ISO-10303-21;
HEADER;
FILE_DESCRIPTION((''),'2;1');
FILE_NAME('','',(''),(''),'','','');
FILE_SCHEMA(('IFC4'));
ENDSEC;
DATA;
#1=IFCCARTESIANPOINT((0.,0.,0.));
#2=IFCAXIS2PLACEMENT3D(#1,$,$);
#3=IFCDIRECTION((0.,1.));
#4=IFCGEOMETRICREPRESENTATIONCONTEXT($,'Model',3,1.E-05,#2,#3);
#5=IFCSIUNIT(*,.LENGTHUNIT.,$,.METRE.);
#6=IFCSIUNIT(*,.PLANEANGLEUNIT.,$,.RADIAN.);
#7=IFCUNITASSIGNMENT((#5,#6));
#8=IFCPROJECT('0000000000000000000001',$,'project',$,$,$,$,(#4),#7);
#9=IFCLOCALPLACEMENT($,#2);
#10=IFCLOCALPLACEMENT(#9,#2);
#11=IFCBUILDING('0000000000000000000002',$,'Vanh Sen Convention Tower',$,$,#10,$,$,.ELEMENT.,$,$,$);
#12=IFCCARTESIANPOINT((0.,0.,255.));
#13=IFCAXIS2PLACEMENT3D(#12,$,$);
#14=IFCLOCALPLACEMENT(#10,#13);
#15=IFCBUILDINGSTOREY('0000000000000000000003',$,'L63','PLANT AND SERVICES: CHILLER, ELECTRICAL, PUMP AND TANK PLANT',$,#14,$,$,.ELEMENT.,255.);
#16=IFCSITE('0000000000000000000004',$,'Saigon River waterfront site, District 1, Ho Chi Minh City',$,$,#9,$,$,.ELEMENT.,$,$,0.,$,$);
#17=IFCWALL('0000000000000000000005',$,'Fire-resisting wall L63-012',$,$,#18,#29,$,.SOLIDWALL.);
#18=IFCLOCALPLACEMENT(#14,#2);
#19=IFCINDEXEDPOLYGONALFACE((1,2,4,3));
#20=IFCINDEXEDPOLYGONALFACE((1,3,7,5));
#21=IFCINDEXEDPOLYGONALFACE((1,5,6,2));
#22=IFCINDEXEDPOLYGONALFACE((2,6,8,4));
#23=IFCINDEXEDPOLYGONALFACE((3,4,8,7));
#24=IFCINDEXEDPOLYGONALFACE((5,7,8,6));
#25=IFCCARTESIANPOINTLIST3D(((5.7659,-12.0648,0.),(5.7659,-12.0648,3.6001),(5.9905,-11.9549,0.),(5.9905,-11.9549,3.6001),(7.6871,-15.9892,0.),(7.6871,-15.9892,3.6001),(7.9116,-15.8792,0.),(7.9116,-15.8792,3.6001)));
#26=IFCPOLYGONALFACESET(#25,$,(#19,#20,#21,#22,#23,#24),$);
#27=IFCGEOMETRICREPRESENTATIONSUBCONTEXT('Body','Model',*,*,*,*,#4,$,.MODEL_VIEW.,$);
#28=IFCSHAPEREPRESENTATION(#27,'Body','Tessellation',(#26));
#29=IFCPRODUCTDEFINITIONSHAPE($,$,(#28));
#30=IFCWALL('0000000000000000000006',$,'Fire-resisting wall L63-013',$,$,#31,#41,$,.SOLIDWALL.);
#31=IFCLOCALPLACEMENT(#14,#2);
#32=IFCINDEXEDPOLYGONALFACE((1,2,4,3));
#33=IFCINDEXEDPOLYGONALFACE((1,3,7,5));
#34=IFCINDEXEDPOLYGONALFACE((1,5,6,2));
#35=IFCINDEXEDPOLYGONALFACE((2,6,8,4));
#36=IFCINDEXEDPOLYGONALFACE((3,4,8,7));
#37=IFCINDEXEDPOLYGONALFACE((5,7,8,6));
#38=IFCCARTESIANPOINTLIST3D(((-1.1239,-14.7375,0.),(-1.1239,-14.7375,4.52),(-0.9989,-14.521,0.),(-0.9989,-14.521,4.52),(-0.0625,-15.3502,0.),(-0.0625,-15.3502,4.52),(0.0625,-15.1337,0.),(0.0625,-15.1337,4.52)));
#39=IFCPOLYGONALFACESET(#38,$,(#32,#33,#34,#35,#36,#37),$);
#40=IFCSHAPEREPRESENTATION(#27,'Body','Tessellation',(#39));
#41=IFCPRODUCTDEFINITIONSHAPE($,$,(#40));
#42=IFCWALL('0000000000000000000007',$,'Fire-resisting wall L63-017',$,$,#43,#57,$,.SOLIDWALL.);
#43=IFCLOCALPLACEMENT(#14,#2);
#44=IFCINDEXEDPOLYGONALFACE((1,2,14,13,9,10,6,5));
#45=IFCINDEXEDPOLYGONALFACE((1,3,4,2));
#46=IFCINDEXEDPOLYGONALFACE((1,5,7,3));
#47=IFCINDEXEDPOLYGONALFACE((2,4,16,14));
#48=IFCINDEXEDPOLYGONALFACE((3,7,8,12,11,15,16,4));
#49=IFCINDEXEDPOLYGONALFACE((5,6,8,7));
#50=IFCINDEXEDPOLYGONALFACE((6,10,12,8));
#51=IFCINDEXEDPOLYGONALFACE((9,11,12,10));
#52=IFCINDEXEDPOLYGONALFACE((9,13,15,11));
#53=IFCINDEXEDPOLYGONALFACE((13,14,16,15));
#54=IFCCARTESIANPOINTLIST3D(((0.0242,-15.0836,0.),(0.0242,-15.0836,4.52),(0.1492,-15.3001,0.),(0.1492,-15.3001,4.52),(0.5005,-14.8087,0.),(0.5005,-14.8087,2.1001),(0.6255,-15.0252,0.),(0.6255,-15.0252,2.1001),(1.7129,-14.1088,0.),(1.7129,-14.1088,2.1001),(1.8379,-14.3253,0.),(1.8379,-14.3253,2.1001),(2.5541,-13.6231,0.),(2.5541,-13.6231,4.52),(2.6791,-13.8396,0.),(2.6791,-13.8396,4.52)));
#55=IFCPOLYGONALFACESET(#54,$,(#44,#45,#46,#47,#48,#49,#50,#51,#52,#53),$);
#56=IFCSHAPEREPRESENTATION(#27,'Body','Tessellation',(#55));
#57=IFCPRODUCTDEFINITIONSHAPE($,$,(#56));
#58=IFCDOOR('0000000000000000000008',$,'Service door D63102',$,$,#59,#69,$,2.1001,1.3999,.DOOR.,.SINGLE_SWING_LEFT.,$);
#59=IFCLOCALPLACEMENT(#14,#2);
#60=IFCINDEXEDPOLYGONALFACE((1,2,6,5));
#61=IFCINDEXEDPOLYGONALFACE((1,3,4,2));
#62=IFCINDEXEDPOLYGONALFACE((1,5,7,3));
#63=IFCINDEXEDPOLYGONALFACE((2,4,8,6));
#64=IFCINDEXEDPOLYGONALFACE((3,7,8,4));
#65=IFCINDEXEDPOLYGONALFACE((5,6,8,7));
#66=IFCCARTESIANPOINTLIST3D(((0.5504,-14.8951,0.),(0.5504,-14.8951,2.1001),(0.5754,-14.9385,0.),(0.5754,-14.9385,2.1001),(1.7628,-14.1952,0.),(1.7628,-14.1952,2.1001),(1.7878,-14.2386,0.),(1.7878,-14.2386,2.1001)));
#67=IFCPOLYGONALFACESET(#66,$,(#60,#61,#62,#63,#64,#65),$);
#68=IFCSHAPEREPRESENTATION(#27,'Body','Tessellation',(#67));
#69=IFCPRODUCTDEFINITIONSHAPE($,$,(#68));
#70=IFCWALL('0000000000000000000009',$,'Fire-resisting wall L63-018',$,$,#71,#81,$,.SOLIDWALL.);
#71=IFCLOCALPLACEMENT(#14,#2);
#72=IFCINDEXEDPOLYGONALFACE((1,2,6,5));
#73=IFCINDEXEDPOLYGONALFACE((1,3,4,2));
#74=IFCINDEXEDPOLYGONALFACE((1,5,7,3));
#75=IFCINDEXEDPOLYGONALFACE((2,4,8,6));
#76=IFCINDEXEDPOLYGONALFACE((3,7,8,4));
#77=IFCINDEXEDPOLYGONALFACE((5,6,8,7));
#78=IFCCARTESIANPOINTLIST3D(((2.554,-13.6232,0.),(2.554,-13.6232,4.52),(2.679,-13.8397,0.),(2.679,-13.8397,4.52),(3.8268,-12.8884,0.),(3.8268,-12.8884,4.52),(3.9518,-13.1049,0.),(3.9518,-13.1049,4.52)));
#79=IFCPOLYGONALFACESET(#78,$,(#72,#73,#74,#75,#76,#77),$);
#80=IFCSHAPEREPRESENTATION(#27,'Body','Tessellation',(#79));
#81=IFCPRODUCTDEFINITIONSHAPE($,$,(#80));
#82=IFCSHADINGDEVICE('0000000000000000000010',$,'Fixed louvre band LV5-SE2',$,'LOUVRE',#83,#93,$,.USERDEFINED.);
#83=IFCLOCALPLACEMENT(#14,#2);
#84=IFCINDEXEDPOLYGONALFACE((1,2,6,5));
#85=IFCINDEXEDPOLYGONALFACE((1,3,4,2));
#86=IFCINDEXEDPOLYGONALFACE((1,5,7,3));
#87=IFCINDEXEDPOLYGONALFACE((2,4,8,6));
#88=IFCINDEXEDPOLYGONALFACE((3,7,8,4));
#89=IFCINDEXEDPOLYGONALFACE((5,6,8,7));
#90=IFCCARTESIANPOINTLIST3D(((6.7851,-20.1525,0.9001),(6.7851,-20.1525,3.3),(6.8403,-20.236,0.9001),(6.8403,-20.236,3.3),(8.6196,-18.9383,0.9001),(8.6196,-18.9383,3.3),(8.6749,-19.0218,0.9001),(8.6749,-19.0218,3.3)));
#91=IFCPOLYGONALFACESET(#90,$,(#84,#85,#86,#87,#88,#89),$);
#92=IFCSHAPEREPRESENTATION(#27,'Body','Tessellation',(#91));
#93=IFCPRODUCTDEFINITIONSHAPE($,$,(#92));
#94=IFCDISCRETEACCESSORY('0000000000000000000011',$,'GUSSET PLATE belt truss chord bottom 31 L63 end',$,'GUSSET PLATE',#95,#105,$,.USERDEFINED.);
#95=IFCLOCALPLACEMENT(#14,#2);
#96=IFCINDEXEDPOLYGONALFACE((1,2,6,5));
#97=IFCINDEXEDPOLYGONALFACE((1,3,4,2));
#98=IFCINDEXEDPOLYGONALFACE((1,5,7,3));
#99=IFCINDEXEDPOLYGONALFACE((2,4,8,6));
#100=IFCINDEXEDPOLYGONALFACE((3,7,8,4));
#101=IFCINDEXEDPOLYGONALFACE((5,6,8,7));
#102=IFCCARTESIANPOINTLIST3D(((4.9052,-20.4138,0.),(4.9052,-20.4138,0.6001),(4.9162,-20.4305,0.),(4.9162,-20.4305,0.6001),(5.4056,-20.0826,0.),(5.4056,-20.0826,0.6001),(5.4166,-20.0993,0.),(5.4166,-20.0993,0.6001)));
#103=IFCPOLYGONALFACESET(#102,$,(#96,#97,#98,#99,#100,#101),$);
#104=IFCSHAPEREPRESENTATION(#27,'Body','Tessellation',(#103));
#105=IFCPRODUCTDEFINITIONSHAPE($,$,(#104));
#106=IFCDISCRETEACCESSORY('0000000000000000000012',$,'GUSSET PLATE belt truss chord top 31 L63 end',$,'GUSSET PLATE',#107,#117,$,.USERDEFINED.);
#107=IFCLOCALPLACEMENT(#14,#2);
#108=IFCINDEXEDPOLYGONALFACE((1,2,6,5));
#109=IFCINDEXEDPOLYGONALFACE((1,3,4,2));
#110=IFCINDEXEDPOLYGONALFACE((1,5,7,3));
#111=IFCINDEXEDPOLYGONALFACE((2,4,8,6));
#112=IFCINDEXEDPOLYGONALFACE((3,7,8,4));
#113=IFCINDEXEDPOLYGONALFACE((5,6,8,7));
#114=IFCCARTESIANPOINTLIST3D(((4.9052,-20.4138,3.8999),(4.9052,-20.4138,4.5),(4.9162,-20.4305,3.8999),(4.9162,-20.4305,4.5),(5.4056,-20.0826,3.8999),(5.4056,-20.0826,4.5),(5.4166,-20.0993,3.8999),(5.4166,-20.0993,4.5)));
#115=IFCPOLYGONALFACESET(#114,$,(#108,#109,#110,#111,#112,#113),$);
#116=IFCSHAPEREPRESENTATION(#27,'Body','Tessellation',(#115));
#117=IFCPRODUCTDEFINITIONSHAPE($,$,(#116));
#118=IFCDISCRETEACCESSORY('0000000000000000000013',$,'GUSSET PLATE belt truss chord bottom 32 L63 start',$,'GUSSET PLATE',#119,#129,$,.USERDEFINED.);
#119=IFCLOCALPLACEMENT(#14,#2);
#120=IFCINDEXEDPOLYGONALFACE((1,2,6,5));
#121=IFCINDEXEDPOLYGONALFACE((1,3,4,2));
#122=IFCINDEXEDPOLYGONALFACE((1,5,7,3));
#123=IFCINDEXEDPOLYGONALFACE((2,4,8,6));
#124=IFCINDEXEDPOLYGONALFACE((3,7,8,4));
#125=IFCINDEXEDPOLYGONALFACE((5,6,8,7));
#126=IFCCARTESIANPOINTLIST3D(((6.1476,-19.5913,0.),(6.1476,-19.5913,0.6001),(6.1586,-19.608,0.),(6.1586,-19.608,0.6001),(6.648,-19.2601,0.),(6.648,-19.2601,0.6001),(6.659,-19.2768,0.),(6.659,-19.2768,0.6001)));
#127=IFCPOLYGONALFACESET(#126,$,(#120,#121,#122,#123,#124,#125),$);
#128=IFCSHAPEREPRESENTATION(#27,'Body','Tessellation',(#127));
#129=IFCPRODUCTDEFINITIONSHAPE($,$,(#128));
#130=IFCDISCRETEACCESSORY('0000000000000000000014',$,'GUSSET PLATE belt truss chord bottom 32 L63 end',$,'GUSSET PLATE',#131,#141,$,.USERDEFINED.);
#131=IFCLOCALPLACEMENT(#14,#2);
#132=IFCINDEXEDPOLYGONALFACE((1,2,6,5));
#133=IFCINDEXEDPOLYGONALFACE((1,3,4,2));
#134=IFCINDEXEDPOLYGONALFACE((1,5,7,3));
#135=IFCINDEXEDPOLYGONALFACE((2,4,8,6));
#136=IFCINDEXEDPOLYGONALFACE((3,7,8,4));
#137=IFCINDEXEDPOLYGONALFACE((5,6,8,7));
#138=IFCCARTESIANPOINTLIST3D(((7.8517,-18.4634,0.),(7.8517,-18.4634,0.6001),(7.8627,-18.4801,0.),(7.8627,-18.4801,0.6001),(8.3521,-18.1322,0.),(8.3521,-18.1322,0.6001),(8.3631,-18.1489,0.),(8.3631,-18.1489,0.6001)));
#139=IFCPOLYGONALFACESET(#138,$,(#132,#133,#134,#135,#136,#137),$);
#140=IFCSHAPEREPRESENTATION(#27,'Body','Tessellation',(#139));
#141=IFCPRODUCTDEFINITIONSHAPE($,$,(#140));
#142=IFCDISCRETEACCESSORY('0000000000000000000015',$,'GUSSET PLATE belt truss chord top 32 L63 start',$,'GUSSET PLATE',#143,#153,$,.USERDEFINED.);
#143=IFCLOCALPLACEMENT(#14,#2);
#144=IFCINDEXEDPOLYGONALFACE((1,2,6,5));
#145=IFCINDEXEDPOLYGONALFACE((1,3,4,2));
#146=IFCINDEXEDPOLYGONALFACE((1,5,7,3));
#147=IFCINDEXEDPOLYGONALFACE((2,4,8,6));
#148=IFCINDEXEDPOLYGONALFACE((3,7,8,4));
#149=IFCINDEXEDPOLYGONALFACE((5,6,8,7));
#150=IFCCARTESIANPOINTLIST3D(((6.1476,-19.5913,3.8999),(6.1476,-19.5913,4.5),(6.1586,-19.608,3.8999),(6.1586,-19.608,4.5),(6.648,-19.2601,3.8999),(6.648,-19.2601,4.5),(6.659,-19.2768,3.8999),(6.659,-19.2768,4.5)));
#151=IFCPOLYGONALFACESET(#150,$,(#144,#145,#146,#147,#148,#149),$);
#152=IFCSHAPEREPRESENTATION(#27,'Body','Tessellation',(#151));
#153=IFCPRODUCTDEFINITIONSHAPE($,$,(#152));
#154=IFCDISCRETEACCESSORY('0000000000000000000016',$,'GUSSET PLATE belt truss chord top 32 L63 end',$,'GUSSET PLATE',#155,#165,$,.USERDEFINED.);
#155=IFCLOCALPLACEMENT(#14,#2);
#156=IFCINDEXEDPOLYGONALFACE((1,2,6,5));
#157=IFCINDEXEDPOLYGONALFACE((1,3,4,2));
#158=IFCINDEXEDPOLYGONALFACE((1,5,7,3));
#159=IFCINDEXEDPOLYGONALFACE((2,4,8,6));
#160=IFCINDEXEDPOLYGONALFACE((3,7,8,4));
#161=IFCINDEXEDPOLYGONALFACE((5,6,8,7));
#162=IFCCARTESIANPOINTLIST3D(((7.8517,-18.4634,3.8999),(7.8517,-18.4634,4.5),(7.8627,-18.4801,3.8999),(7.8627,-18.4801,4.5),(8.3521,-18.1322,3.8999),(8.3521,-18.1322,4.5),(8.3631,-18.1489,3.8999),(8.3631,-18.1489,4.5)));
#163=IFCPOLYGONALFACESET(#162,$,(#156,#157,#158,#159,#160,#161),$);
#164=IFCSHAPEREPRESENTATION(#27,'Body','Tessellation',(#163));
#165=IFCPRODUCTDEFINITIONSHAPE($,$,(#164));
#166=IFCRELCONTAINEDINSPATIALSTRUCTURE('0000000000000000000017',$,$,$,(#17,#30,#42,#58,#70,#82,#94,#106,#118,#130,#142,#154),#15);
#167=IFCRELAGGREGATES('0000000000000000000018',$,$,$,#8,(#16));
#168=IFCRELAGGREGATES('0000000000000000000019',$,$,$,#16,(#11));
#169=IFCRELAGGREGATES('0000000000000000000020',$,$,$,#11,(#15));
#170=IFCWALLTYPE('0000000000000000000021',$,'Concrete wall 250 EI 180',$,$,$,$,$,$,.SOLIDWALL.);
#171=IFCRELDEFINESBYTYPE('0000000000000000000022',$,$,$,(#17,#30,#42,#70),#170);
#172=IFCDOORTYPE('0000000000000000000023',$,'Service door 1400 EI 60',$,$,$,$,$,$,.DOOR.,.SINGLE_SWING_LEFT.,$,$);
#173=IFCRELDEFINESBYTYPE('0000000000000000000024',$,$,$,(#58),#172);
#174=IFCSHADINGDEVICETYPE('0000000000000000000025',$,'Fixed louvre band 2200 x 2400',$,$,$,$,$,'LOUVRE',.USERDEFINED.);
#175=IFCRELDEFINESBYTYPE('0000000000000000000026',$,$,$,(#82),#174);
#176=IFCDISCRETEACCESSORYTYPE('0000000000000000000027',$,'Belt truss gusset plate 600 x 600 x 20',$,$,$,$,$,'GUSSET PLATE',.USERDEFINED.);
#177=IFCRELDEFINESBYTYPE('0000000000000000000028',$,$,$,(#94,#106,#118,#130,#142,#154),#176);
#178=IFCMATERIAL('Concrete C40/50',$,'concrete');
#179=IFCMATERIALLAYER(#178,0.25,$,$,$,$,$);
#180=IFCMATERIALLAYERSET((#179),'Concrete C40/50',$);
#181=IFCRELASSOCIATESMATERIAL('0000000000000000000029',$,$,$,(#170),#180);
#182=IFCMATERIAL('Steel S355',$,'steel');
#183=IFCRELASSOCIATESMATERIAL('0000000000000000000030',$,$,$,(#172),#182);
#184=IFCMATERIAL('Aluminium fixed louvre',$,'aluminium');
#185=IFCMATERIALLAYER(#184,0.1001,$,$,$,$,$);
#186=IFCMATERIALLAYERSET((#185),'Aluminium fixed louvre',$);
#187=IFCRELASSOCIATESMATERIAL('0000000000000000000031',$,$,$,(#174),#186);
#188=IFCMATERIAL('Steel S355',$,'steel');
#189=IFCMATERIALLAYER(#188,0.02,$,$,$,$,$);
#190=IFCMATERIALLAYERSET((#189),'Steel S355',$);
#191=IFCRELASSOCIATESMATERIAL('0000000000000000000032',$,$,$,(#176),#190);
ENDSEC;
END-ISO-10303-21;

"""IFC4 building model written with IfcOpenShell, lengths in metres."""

from ifc_helpers import new_model, si_unit, direction, frame, frame_2d, origin, origin_2d, place, context, subcontext, project, spatial, rectangle, extrude, material, layer, layer_set, type_object, element, fill, save


model = new_model("IFC4")

# Units and contexts
model_context = context("Model", 3, precision=1e-05, world=origin(), true_north=direction((0.0, 1.0)))
body_context = subcontext(model_context, "Body", "Model", "MODEL_VIEW")
ifc_project = project(units=[si_unit("LENGTHUNIT", "METRE"), si_unit("PLANEANGLEUNIT", "RADIAN")], contexts=[model_context])

# Site, building, storey
site_placement = place(None, origin())
site = spatial("IfcSite", under=ifc_project, at=site_placement, Name="Saigon River waterfront site, District 1, Ho Chi Minh City", CompositionType="ELEMENT", RefElevation=0.0)
building_placement = place(site_placement, origin())
building = spatial("IfcBuilding", under=site, at=building_placement, Name="Vanh Sen Convention Tower", CompositionType="ELEMENT")
storey_placement = place(building_placement, frame((0.0, 0.0, 255.0)))
storey = spatial("IfcBuildingStorey", under=building, at=storey_placement, Name="L63", Description="PLANT AND SERVICES: CHILLER, ELECTRICAL, PUMP AND TANK PLANT", CompositionType="ELEMENT", Elevation=255.0)

# Shared definitions
ifc_material_1 = material(Name="Steel S355", Category="steel")

# Walls
ifc_material_2 = material(Name="Concrete C40/50", Category="concrete")
ifc_layer_1 = layer(ifc_material_2, 0.25)
ifc_layer_set_1 = layer_set([ifc_layer_1], Name="Concrete C40/50")
wall_type = type_object("IfcWallType", Name="Concrete wall 250 EI 180", PredefinedType="SOLIDWALL", material=ifc_layer_set_1)
wall_1_placement = place(storey_placement, frame((7.7993, -15.9341, 0.0), z_axis=(0.0, 0.0, 1.0), x_axis=(-0.439688, 0.898151, 0.0)))
element("IfcWall", 1, at=wall_1_placement, inside=storey, type_object=wall_type, Name="Fire-resisting wall L63-012", PredefinedType="SOLIDWALL", context=body_context, shape_type="SweptSolid", body=[
    extrude(rectangle(XDim=4.3694, YDim=0.25, at=frame_2d((2.1846, 0.0))), origin(), (0.0, 0.0, 1.0), 3.6001),
])
wall_2_placement = place(storey_placement, frame((0.0, -15.2419, 0.0), z_axis=(0.0, 0.0, 1.0), x_axis=(-0.866053, 0.499952, 0.0)))
element("IfcWall", 2, at=wall_2_placement, inside=storey, type_object=wall_type, Name="Fire-resisting wall L63-013", PredefinedType="SOLIDWALL", context=body_context, shape_type="SweptSolid", body=[
    extrude(rectangle(XDim=1.2256, YDim=0.25, at=frame_2d((0.6128, 0.0))), origin(), (0.0, 0.0, 1.0), 4.52),
])

# Wall, opening, door
wall_3_placement = place(storey_placement, frame((2.6165, -13.7314, 0.0), z_axis=(0.0, 0.0, 1.0), x_axis=(-0.866044, -0.499968, 0.0)))
wall_3 = element("IfcWall", 3, at=wall_3_placement, inside=storey, type_object=wall_type, Name="Fire-resisting wall L63-017", PredefinedType="SOLIDWALL", context=body_context, shape_type="SweptSolid", body=[
    extrude(rectangle(XDim=2.9211, YDim=0.25, at=frame_2d((1.4604, 0.0))), origin(), (0.0, 0.0, 1.0), 4.52),
])
opening_placement = place(wall_3_placement, frame((0.9712, 0.0, 0.0)))
opening = element("IfcOpeningElement", 4, at=opening_placement, cuts=wall_3, PredefinedType="OPENING", context=body_context, shape_type="SweptSolid", body=[
    extrude(rectangle(XDim=1.3999, YDim=2.1001, at=frame_2d((0.7, 1.05))), frame((0.0, 0.135, 0.0), z_axis=(0.0, -1.0, 0.0), x_axis=(1.0, 0.0, 0.0)), (0.0, 0.0, 1.0), 0.27),
])
ifc_material_3 = material(Name="Steel S355", Category="steel")
door_type = type_object("IfcDoorType", Name="Service door 1400 EI 60", OperationType="SINGLE_SWING_LEFT", PredefinedType="DOOR", material=ifc_material_3)
door_placement = place(opening_placement, origin())
door = element("IfcDoor", 5, at=door_placement, inside=storey, type_object=door_type, Name="Service door D63102", OperationType="SINGLE_SWING_LEFT", OverallHeight=2.1001, OverallWidth=1.3999, PredefinedType="DOOR", context=body_context, shape_type="SweptSolid", body=[
    extrude(rectangle(XDim=1.3999, YDim=2.1001, at=frame_2d((0.7, 1.05))), frame((0.0, 0.0249, 0.0), z_axis=(0.0, -1.0, 0.0), x_axis=(1.0, 0.0, 0.0)), (0.0, 0.0, 1.0), 0.05),
])
fill(opening, door)

# Wall
wall_4_placement = place(storey_placement, frame((2.6165, -13.7314, 0.0), z_axis=(0.0, 0.0, 1.0), x_axis=(0.866047, 0.499962, 0.0)))
element("IfcWall", 6, at=wall_4_placement, inside=storey, type_object=wall_type, Name="Fire-resisting wall L63-018", PredefinedType="SOLIDWALL", context=body_context, shape_type="SweptSolid", body=[
    extrude(rectangle(XDim=1.4697, YDim=0.25, at=frame_2d((0.7349, 0.0))), origin(), (0.0, 0.0, 1.0), 4.52),
])

# Shading device
ifc_material_4 = material(Name="Aluminium fixed louvre", Category="aluminium")
ifc_layer_2 = layer(ifc_material_4, 0.1001)
ifc_layer_set_2 = layer_set([ifc_layer_2], Name="Aluminium fixed louvre")
shading_device_type = type_object("IfcShadingDeviceType", Name="Fixed louvre band 2200 x 2400", ElementType="LOUVRE", PredefinedType="USERDEFINED", material=ifc_layer_set_2)
shading_device_placement = place(storey_placement, frame((7.73, -19.5872, 0.9001), z_axis=(0.0, 0.0, 1.0), x_axis=(0.833887, 0.551936, 0.0)))
element("IfcShadingDevice", 7, at=shading_device_placement, inside=storey, type_object=shading_device_type, Name="Fixed louvre band LV5-SE2", ObjectType="LOUVRE", PredefinedType="USERDEFINED", context=body_context, shape_type="SweptSolid", body=[
    extrude(rectangle(XDim=2.2, YDim=0.1001, at=origin_2d()), origin(), (0.0, 0.0, 1.0), 2.3999),
])

# Discrete accessories
ifc_layer_3 = layer(ifc_material_1, 0.02)
ifc_layer_set_3 = layer_set([ifc_layer_3], Name="Steel S355")
discrete_accessory_type = type_object("IfcDiscreteAccessoryType", Name="Belt truss gusset plate 600 x 600 x 20", ElementType="GUSSET PLATE", PredefinedType="USERDEFINED", material=ifc_layer_set_3)
for number, where, z_axis, x_axis, name in (
    (8, (5.1609, -20.2566, 0.0), (0.0, 0.0, 1.0), (-0.833896, -0.551921, 0.0), "GUSSET PLATE belt truss chord bottom 31 L63 end"),
    (9, (5.1609, -20.2566, 3.8999), (0.0, 0.0, 1.0), (-0.833896, -0.551921, 0.0), "GUSSET PLATE belt truss chord top 31 L63 end"),
    (10, (6.4033, -19.4341, 0.0), (0.0, 0.0, 1.0), (0.833874, 0.551954, 0.0), "GUSSET PLATE belt truss chord bottom 32 L63 start"),
    (11, (8.1074, -18.3062, 0.0), (0.0, 0.0, 1.0), (-0.833874, -0.551954, 0.0), "GUSSET PLATE belt truss chord bottom 32 L63 end"),
    (12, (6.4033, -19.4341, 3.8999), (0.0, 0.0, 1.0), (0.833874, 0.551954, 0.0), "GUSSET PLATE belt truss chord top 32 L63 start"),
    (13, (8.1074, -18.3062, 3.8999), (0.0, 0.0, 1.0), (-0.833874, -0.551954, 0.0), "GUSSET PLATE belt truss chord top 32 L63 end"),
):
    element("IfcDiscreteAccessory", number, at=place(storey_placement, frame(where, z_axis=z_axis, x_axis=x_axis)), inside=storey, type_object=discrete_accessory_type, Name=name, ObjectType="GUSSET PLATE", PredefinedType="USERDEFINED", context=body_context, shape_type="SweptSolid", body=[
        extrude(rectangle(XDim=0.6001, YDim=0.02, at=origin_2d()), origin(), (0.0, 0.0, 1.0), 0.6001),
    ])

save(model, "model.ifc")
